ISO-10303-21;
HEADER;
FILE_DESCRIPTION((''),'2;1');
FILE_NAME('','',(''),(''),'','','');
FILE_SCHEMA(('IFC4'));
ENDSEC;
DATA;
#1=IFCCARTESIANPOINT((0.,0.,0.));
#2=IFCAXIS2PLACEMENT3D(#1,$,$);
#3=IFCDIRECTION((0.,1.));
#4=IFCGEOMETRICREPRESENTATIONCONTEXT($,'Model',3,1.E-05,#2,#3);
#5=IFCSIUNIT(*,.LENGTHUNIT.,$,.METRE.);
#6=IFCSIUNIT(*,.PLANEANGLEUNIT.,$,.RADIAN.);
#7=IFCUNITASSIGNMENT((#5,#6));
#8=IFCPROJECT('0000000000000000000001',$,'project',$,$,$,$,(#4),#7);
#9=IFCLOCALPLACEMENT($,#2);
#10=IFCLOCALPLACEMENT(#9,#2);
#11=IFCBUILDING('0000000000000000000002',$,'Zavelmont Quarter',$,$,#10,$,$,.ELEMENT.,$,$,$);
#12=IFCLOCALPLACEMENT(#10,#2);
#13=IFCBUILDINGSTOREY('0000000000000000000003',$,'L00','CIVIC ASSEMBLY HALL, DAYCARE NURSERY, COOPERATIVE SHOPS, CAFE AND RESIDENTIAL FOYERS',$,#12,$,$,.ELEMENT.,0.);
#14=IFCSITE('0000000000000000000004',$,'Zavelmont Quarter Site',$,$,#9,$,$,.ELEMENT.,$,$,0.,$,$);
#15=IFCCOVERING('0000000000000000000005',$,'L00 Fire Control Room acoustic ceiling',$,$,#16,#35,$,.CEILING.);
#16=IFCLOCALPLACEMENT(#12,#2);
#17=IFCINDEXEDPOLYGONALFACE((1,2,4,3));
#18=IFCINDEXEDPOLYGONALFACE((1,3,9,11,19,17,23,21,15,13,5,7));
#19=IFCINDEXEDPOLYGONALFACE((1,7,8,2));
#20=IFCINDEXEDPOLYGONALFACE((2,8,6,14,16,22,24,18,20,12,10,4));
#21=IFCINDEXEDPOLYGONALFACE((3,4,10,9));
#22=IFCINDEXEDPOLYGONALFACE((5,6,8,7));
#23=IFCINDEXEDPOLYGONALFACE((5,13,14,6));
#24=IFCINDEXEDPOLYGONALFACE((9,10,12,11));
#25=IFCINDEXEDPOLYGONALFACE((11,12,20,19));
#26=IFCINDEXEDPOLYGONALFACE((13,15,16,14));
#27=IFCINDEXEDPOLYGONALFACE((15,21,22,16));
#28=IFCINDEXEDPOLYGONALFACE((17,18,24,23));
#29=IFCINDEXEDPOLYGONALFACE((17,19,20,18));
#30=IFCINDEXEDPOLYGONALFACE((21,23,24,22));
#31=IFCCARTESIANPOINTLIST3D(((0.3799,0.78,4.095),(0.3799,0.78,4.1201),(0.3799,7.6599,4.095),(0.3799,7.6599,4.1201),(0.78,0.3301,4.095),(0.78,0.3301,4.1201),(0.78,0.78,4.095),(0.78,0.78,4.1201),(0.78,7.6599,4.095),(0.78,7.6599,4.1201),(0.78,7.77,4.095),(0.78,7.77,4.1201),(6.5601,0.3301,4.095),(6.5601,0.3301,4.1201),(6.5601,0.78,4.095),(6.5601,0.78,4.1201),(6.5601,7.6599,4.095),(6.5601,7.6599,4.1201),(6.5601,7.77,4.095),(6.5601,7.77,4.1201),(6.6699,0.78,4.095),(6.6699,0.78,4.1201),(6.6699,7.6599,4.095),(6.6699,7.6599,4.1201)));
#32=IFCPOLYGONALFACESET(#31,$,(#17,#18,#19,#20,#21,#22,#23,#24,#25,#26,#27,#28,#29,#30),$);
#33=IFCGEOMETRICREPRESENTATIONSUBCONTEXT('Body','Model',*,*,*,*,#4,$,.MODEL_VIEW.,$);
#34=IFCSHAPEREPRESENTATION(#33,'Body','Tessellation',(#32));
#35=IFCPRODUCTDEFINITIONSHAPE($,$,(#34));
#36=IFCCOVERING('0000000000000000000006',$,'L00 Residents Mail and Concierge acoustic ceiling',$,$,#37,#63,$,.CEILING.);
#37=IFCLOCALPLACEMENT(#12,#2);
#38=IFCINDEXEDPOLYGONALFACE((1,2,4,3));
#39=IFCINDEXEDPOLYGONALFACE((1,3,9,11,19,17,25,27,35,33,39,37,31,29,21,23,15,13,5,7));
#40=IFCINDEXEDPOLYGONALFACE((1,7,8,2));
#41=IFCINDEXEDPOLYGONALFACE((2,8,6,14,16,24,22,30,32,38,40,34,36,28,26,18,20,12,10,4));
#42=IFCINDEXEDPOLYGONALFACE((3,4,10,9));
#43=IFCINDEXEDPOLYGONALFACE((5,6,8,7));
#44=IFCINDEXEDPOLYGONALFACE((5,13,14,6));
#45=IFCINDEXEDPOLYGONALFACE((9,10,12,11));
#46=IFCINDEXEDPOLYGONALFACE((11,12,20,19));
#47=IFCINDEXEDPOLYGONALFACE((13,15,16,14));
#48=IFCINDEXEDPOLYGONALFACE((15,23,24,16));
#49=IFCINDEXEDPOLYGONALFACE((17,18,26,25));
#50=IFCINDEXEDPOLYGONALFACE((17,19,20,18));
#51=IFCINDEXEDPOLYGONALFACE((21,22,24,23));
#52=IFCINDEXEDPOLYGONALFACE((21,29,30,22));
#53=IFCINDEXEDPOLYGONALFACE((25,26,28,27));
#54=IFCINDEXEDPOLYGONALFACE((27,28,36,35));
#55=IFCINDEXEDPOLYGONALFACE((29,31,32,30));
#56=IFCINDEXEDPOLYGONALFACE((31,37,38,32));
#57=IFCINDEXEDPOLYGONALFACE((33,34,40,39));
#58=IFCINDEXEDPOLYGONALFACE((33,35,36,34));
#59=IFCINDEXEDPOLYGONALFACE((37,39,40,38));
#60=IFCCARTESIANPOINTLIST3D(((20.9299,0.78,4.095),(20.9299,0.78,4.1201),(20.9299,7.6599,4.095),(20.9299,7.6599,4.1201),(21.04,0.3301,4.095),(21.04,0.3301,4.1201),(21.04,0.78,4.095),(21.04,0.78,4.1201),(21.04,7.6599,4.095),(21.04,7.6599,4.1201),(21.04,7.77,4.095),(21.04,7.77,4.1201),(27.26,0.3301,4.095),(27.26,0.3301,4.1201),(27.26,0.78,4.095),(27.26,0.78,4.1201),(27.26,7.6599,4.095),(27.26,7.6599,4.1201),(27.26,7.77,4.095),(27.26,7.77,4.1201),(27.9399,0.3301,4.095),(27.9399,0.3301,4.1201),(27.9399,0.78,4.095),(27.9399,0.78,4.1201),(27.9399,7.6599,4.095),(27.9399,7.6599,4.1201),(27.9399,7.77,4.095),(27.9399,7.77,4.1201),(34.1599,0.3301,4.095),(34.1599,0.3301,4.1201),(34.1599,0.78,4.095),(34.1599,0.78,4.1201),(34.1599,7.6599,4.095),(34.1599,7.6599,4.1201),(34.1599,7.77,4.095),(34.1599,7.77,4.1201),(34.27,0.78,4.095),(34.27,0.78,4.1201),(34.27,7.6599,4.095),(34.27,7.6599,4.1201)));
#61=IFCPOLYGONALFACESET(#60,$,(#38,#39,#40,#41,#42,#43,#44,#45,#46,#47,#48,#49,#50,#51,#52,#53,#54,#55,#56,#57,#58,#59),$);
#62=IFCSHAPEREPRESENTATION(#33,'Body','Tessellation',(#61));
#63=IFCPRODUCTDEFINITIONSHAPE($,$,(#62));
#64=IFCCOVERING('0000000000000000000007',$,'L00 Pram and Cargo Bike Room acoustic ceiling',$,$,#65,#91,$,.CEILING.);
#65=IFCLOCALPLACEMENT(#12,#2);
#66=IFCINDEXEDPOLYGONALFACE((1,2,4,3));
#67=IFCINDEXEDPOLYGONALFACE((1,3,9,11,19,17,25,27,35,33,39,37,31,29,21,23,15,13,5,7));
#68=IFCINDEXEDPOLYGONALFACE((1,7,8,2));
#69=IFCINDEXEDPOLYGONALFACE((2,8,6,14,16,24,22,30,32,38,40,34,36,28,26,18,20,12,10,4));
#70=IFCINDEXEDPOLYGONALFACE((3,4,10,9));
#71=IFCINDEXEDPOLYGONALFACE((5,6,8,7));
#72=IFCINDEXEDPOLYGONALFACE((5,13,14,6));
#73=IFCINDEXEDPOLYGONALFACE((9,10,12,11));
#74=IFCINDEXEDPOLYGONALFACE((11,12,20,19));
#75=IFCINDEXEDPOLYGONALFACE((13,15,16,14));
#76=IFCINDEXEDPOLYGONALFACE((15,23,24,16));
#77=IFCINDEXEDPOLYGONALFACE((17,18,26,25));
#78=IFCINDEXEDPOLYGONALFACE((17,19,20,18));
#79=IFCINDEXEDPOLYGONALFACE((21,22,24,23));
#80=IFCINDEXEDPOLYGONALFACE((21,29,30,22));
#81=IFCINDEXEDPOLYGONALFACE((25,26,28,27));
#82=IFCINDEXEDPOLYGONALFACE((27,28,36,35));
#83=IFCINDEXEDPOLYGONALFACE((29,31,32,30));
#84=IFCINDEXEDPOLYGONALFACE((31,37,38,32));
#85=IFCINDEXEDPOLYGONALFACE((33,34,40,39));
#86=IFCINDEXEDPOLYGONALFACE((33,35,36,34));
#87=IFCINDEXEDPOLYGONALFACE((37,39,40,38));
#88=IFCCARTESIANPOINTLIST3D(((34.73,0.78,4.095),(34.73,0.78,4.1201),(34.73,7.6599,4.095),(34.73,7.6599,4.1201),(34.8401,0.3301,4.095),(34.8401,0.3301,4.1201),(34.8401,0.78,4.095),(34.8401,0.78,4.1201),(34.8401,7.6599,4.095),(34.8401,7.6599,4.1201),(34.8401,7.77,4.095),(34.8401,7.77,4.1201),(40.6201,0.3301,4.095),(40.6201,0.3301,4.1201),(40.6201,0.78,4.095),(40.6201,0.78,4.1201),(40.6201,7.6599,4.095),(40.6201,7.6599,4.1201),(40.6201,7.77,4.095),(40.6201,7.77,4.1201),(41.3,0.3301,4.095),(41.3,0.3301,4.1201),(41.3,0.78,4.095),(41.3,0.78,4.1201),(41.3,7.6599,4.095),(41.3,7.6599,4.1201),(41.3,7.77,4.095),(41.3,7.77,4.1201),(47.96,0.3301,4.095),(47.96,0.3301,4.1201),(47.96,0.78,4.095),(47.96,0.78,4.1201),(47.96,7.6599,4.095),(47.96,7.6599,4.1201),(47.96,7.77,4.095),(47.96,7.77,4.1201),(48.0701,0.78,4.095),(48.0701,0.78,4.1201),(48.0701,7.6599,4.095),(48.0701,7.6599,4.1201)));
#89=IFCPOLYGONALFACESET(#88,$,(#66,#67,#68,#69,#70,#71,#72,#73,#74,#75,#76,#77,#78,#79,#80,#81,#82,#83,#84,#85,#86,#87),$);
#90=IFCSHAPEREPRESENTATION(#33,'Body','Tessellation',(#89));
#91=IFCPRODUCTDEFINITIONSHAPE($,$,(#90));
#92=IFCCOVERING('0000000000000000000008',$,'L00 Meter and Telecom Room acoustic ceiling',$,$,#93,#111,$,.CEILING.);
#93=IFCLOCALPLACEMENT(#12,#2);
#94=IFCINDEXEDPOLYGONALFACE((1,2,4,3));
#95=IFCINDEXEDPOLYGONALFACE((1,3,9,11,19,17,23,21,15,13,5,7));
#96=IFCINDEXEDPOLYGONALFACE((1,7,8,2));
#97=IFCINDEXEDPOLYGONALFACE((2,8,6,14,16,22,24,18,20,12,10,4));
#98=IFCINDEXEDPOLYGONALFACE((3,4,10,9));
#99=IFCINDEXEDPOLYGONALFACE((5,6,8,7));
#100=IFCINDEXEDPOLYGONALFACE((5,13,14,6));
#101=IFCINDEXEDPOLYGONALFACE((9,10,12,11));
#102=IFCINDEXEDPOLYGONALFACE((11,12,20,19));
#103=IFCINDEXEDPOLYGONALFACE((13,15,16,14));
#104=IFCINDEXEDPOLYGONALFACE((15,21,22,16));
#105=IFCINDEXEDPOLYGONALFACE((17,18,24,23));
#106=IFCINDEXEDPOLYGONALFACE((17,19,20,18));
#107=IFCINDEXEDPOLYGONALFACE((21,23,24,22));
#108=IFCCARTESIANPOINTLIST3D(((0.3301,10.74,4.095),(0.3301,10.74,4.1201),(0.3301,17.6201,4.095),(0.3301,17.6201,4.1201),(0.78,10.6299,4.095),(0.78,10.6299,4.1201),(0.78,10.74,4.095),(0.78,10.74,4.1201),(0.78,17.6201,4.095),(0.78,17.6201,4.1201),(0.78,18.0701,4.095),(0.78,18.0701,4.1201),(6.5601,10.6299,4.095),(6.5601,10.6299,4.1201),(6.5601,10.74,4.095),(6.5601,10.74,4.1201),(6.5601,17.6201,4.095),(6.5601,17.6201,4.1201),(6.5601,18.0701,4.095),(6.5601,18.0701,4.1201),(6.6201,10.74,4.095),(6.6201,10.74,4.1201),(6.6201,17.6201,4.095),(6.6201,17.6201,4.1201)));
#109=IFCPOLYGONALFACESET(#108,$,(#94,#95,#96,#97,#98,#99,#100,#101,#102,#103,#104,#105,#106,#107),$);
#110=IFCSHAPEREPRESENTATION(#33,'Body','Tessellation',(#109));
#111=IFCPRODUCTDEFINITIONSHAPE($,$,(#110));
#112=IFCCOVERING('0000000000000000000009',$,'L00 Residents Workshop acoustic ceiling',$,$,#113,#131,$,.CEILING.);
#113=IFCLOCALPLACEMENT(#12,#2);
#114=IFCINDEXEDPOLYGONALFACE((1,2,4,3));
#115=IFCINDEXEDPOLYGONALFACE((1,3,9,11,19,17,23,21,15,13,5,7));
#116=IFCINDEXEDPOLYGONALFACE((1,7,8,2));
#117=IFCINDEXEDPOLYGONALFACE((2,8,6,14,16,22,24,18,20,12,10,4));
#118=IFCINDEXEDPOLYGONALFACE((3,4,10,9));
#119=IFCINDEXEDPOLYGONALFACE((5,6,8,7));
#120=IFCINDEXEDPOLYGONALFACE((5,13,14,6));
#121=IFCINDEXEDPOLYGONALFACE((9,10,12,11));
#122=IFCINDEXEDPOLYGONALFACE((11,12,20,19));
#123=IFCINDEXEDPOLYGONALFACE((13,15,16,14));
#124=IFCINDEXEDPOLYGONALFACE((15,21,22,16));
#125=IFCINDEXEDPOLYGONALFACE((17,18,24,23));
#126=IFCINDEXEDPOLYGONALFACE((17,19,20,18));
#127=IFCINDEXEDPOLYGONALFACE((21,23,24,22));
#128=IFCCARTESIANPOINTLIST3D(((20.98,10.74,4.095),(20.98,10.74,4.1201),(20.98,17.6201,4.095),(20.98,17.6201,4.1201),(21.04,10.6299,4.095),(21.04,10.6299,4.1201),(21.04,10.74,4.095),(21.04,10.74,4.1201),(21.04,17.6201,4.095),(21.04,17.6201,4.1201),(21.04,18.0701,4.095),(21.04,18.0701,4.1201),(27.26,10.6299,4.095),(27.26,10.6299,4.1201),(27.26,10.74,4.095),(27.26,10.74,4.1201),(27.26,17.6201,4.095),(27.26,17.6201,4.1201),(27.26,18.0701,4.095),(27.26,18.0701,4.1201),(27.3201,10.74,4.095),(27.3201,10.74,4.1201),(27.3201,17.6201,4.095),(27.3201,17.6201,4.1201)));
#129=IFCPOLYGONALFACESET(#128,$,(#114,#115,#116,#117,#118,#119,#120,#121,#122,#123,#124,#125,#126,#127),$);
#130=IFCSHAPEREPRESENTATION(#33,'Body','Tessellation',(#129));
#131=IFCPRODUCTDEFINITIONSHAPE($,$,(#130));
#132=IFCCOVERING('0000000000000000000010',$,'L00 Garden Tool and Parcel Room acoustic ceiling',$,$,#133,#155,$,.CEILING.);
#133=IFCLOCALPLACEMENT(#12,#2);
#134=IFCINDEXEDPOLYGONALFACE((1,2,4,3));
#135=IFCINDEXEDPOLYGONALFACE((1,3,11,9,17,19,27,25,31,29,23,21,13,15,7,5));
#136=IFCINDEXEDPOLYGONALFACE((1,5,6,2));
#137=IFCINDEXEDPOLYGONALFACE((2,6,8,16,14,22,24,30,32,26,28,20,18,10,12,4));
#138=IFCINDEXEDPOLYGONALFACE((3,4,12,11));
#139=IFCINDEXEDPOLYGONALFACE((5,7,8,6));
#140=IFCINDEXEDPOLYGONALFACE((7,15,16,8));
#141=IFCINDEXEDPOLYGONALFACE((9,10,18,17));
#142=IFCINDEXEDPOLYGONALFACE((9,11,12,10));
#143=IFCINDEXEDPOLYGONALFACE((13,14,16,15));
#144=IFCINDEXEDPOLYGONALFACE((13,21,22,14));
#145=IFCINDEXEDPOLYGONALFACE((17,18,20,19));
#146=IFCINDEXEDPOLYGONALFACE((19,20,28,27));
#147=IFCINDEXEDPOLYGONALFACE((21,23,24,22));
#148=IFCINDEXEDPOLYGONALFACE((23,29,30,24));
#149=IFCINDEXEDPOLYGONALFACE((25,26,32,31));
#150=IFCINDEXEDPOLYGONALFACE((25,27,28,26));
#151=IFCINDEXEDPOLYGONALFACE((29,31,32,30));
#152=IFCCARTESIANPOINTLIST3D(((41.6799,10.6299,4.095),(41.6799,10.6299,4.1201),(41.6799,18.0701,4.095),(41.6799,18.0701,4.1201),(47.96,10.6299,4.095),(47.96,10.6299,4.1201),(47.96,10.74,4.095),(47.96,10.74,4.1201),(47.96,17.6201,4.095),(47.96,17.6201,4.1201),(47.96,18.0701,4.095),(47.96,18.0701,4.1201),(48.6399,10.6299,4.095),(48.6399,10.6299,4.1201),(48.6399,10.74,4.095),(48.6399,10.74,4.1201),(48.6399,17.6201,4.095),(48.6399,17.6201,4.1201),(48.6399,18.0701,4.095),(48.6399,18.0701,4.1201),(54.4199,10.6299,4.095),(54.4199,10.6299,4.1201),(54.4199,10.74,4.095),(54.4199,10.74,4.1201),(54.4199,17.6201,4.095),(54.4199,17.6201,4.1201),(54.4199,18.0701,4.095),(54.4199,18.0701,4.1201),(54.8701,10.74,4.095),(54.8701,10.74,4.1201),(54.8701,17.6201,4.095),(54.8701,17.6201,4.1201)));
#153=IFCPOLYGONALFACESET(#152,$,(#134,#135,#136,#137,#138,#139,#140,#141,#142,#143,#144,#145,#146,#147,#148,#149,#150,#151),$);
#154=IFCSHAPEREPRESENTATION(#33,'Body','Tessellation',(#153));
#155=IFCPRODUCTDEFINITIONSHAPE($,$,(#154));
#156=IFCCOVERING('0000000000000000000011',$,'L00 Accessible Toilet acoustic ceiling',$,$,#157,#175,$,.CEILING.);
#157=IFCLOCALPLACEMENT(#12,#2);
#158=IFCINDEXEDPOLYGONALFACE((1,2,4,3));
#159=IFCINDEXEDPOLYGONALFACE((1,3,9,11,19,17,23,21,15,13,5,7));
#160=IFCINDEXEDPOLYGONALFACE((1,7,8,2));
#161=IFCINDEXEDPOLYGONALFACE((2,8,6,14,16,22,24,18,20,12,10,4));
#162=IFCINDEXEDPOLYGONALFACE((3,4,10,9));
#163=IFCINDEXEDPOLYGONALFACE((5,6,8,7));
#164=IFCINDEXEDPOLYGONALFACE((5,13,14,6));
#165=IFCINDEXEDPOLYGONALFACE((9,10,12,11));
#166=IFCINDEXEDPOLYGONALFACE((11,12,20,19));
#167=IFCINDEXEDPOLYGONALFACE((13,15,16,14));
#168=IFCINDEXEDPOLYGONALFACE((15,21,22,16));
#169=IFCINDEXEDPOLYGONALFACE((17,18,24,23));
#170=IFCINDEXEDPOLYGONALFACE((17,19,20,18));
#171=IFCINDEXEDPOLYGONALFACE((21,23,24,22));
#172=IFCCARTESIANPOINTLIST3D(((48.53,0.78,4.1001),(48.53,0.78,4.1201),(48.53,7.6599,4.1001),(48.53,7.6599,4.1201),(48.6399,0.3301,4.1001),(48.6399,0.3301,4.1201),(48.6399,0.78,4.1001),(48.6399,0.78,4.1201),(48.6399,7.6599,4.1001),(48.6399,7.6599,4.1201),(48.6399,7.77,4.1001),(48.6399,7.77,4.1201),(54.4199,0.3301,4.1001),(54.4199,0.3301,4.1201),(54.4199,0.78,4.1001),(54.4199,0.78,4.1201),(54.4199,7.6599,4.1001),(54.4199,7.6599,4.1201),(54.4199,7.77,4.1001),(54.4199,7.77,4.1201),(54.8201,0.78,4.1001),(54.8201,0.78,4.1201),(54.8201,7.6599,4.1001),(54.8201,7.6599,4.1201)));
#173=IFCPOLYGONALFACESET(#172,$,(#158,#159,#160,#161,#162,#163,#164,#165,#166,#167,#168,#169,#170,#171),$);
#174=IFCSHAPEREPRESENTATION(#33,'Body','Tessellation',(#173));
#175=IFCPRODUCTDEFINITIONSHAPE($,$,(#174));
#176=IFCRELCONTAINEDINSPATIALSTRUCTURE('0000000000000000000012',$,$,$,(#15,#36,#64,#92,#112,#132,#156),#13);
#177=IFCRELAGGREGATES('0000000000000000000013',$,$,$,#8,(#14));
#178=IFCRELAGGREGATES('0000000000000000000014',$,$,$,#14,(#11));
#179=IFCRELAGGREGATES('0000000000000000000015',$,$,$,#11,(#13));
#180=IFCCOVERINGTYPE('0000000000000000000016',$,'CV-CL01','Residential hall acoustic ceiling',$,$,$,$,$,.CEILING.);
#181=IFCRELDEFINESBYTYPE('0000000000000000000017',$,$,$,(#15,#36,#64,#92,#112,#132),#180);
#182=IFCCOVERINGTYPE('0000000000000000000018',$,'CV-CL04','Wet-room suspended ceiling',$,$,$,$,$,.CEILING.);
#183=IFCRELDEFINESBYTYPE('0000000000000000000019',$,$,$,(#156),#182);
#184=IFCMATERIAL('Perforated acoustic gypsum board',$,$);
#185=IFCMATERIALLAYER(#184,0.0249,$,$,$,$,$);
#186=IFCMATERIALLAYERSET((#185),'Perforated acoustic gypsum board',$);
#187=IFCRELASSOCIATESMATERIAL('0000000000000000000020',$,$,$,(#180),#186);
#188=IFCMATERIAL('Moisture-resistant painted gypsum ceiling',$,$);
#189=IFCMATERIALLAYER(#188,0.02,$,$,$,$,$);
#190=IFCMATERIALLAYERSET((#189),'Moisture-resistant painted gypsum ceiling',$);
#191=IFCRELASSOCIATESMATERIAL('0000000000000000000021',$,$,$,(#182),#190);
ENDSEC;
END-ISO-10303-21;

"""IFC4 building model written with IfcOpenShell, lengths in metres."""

from ifc_helpers import new_model, si_unit, direction, frame, origin, place, context, subcontext, project, spatial, polyline, outline, extrude, material, layer, layer_set, type_object, element, save


model = new_model("IFC4")

# Units and contexts
model_context = context("Model", 3, precision=1e-05, world=origin(), true_north=direction((0.0, 1.0)))
body_context = subcontext(model_context, "Body", "Model", "MODEL_VIEW")
ifc_project = project(units=[si_unit("LENGTHUNIT", "METRE"), si_unit("PLANEANGLEUNIT", "RADIAN")], contexts=[model_context])

# Site, building, storey
site_placement = place(None, origin())
site = spatial("IfcSite", under=ifc_project, at=site_placement, Name="Zavelmont Quarter Site", CompositionType="ELEMENT", RefElevation=0.0)
building_placement = place(site_placement, origin())
building = spatial("IfcBuilding", under=site, at=building_placement, Name="Zavelmont Quarter", CompositionType="ELEMENT")
storey_placement = place(building_placement, origin())
storey = spatial("IfcBuildingStorey", under=building, at=storey_placement, Name="L00", Description="CIVIC ASSEMBLY HALL, DAYCARE NURSERY, COOPERATIVE SHOPS, CAFE AND RESIDENTIAL FOYERS", CompositionType="ELEMENT", Elevation=0.0)

# Coverings
ifc_material_1 = material(Name="Perforated acoustic gypsum board")
ifc_layer_1 = layer(ifc_material_1, 0.0249)
ifc_layer_set_1 = layer_set([ifc_layer_1], Name="Perforated acoustic gypsum board")
covering_type_1 = type_object("IfcCoveringType", Name="CV-CL01", Description="Residential hall acoustic ceiling", PredefinedType="CEILING", material=ifc_layer_set_1)
covering_1_placement = place(storey_placement, frame((0.0, 0.0, 4.095)))
element("IfcCovering", 1, at=covering_1_placement, inside=storey, type_object=covering_type_1, Name="L00 Fire Control Room acoustic ceiling", PredefinedType="CEILING", context=body_context, shape_type="SweptSolid", body=[
    extrude(outline(polyline([(0.3799, 7.6599), (0.78, 7.6599), (0.78, 7.77), (6.5601, 7.77), (6.5601, 7.6599), (6.6699, 7.6599), (6.6699, 0.78), (6.5601, 0.78), (6.5601, 0.3301), (0.78, 0.3301), (0.78, 0.78), (0.3799, 0.78), (0.3799, 7.6599)])), origin(), (0.0, 0.0, 1.0), 0.0251),
])
covering_2_placement = place(storey_placement, frame((0.0, 0.0, 4.095)))
element("IfcCovering", 2, at=covering_2_placement, inside=storey, type_object=covering_type_1, Name="L00 Residents Mail and Concierge acoustic ceiling", PredefinedType="CEILING", context=body_context, shape_type="SweptSolid", body=[
    extrude(outline(polyline([(20.9299, 7.6599), (21.04, 7.6599), (21.04, 7.77), (27.26, 7.77), (27.26, 7.6599), (27.9399, 7.6599), (27.9399, 7.77), (34.1599, 7.77), (34.1599, 7.6599), (34.27, 7.6599), (34.27, 0.78), (34.1599, 0.78), (34.1599, 0.3301), (27.9399, 0.3301), (27.9399, 0.78), (27.26, 0.78), (27.26, 0.3301), (21.04, 0.3301), (21.04, 0.78), (20.9299, 0.78), (20.9299, 7.6599)])), origin(), (0.0, 0.0, 1.0), 0.0251),
])
covering_3_placement = place(storey_placement, frame((0.0, 0.0, 4.095)))
element("IfcCovering", 3, at=covering_3_placement, inside=storey, type_object=covering_type_1, Name="L00 Pram and Cargo Bike Room acoustic ceiling", PredefinedType="CEILING", context=body_context, shape_type="SweptSolid", body=[
    extrude(outline(polyline([(34.73, 7.6599), (34.8401, 7.6599), (34.8401, 7.77), (40.6201, 7.77), (40.6201, 7.6599), (41.3, 7.6599), (41.3, 7.77), (47.96, 7.77), (47.96, 7.6599), (48.0701, 7.6599), (48.0701, 0.78), (47.96, 0.78), (47.96, 0.3301), (41.3, 0.3301), (41.3, 0.78), (40.6201, 0.78), (40.6201, 0.3301), (34.8401, 0.3301), (34.8401, 0.78), (34.73, 0.78), (34.73, 7.6599)])), origin(), (0.0, 0.0, 1.0), 0.0251),
])
covering_4_placement = place(storey_placement, frame((0.0, 0.0, 4.095)))
element("IfcCovering", 4, at=covering_4_placement, inside=storey, type_object=covering_type_1, Name="L00 Meter and Telecom Room acoustic ceiling", PredefinedType="CEILING", context=body_context, shape_type="SweptSolid", body=[
    extrude(outline(polyline([(0.3301, 17.6201), (0.78, 17.6201), (0.78, 18.0701), (6.5601, 18.0701), (6.5601, 17.6201), (6.6201, 17.6201), (6.6201, 10.74), (6.5601, 10.74), (6.5601, 10.6299), (0.78, 10.6299), (0.78, 10.74), (0.3301, 10.74), (0.3301, 17.6201)])), origin(), (0.0, 0.0, 1.0), 0.0251),
])
covering_5_placement = place(storey_placement, frame((0.0, 0.0, 4.095)))
element("IfcCovering", 5, at=covering_5_placement, inside=storey, type_object=covering_type_1, Name="L00 Residents Workshop acoustic ceiling", PredefinedType="CEILING", context=body_context, shape_type="SweptSolid", body=[
    extrude(outline(polyline([(20.98, 17.6201), (21.04, 17.6201), (21.04, 18.0701), (27.26, 18.0701), (27.26, 17.6201), (27.3201, 17.6201), (27.3201, 10.74), (27.26, 10.74), (27.26, 10.6299), (21.04, 10.6299), (21.04, 10.74), (20.98, 10.74), (20.98, 17.6201)])), origin(), (0.0, 0.0, 1.0), 0.0251),
])
covering_6_placement = place(storey_placement, frame((0.0, 0.0, 4.095)))
element("IfcCovering", 6, at=covering_6_placement, inside=storey, type_object=covering_type_1, Name="L00 Garden Tool and Parcel Room acoustic ceiling", PredefinedType="CEILING", context=body_context, shape_type="SweptSolid", body=[
    extrude(outline(polyline([(41.6799, 18.0701), (47.96, 18.0701), (47.96, 17.6201), (48.6399, 17.6201), (48.6399, 18.0701), (54.4199, 18.0701), (54.4199, 17.6201), (54.8701, 17.6201), (54.8701, 10.74), (54.4199, 10.74), (54.4199, 10.6299), (48.6399, 10.6299), (48.6399, 10.74), (47.96, 10.74), (47.96, 10.6299), (41.6799, 10.6299), (41.6799, 18.0701)])), origin(), (0.0, 0.0, 1.0), 0.0251),
])
ifc_material_2 = material(Name="Moisture-resistant painted gypsum ceiling")
ifc_layer_2 = layer(ifc_material_2, 0.02)
ifc_layer_set_2 = layer_set([ifc_layer_2], Name="Moisture-resistant painted gypsum ceiling")
covering_type_2 = type_object("IfcCoveringType", Name="CV-CL04", Description="Wet-room suspended ceiling", PredefinedType="CEILING", material=ifc_layer_set_2)
covering_7_placement = place(storey_placement, frame((0.0, 0.0, 4.1001)))
element("IfcCovering", 7, at=covering_7_placement, inside=storey, type_object=covering_type_2, Name="L00 Accessible Toilet acoustic ceiling", PredefinedType="CEILING", context=body_context, shape_type="SweptSolid", body=[
    extrude(outline(polyline([(48.53, 7.6599), (48.6399, 7.6599), (48.6399, 7.77), (54.4199, 7.77), (54.4199, 7.6599), (54.8201, 7.6599), (54.8201, 0.78), (54.4199, 0.78), (54.4199, 0.3301), (48.6399, 0.3301), (48.6399, 0.78), (48.53, 0.78), (48.53, 7.6599)])), origin(), (0.0, 0.0, 1.0), 0.02),
])

save(model, "model.ifc")
